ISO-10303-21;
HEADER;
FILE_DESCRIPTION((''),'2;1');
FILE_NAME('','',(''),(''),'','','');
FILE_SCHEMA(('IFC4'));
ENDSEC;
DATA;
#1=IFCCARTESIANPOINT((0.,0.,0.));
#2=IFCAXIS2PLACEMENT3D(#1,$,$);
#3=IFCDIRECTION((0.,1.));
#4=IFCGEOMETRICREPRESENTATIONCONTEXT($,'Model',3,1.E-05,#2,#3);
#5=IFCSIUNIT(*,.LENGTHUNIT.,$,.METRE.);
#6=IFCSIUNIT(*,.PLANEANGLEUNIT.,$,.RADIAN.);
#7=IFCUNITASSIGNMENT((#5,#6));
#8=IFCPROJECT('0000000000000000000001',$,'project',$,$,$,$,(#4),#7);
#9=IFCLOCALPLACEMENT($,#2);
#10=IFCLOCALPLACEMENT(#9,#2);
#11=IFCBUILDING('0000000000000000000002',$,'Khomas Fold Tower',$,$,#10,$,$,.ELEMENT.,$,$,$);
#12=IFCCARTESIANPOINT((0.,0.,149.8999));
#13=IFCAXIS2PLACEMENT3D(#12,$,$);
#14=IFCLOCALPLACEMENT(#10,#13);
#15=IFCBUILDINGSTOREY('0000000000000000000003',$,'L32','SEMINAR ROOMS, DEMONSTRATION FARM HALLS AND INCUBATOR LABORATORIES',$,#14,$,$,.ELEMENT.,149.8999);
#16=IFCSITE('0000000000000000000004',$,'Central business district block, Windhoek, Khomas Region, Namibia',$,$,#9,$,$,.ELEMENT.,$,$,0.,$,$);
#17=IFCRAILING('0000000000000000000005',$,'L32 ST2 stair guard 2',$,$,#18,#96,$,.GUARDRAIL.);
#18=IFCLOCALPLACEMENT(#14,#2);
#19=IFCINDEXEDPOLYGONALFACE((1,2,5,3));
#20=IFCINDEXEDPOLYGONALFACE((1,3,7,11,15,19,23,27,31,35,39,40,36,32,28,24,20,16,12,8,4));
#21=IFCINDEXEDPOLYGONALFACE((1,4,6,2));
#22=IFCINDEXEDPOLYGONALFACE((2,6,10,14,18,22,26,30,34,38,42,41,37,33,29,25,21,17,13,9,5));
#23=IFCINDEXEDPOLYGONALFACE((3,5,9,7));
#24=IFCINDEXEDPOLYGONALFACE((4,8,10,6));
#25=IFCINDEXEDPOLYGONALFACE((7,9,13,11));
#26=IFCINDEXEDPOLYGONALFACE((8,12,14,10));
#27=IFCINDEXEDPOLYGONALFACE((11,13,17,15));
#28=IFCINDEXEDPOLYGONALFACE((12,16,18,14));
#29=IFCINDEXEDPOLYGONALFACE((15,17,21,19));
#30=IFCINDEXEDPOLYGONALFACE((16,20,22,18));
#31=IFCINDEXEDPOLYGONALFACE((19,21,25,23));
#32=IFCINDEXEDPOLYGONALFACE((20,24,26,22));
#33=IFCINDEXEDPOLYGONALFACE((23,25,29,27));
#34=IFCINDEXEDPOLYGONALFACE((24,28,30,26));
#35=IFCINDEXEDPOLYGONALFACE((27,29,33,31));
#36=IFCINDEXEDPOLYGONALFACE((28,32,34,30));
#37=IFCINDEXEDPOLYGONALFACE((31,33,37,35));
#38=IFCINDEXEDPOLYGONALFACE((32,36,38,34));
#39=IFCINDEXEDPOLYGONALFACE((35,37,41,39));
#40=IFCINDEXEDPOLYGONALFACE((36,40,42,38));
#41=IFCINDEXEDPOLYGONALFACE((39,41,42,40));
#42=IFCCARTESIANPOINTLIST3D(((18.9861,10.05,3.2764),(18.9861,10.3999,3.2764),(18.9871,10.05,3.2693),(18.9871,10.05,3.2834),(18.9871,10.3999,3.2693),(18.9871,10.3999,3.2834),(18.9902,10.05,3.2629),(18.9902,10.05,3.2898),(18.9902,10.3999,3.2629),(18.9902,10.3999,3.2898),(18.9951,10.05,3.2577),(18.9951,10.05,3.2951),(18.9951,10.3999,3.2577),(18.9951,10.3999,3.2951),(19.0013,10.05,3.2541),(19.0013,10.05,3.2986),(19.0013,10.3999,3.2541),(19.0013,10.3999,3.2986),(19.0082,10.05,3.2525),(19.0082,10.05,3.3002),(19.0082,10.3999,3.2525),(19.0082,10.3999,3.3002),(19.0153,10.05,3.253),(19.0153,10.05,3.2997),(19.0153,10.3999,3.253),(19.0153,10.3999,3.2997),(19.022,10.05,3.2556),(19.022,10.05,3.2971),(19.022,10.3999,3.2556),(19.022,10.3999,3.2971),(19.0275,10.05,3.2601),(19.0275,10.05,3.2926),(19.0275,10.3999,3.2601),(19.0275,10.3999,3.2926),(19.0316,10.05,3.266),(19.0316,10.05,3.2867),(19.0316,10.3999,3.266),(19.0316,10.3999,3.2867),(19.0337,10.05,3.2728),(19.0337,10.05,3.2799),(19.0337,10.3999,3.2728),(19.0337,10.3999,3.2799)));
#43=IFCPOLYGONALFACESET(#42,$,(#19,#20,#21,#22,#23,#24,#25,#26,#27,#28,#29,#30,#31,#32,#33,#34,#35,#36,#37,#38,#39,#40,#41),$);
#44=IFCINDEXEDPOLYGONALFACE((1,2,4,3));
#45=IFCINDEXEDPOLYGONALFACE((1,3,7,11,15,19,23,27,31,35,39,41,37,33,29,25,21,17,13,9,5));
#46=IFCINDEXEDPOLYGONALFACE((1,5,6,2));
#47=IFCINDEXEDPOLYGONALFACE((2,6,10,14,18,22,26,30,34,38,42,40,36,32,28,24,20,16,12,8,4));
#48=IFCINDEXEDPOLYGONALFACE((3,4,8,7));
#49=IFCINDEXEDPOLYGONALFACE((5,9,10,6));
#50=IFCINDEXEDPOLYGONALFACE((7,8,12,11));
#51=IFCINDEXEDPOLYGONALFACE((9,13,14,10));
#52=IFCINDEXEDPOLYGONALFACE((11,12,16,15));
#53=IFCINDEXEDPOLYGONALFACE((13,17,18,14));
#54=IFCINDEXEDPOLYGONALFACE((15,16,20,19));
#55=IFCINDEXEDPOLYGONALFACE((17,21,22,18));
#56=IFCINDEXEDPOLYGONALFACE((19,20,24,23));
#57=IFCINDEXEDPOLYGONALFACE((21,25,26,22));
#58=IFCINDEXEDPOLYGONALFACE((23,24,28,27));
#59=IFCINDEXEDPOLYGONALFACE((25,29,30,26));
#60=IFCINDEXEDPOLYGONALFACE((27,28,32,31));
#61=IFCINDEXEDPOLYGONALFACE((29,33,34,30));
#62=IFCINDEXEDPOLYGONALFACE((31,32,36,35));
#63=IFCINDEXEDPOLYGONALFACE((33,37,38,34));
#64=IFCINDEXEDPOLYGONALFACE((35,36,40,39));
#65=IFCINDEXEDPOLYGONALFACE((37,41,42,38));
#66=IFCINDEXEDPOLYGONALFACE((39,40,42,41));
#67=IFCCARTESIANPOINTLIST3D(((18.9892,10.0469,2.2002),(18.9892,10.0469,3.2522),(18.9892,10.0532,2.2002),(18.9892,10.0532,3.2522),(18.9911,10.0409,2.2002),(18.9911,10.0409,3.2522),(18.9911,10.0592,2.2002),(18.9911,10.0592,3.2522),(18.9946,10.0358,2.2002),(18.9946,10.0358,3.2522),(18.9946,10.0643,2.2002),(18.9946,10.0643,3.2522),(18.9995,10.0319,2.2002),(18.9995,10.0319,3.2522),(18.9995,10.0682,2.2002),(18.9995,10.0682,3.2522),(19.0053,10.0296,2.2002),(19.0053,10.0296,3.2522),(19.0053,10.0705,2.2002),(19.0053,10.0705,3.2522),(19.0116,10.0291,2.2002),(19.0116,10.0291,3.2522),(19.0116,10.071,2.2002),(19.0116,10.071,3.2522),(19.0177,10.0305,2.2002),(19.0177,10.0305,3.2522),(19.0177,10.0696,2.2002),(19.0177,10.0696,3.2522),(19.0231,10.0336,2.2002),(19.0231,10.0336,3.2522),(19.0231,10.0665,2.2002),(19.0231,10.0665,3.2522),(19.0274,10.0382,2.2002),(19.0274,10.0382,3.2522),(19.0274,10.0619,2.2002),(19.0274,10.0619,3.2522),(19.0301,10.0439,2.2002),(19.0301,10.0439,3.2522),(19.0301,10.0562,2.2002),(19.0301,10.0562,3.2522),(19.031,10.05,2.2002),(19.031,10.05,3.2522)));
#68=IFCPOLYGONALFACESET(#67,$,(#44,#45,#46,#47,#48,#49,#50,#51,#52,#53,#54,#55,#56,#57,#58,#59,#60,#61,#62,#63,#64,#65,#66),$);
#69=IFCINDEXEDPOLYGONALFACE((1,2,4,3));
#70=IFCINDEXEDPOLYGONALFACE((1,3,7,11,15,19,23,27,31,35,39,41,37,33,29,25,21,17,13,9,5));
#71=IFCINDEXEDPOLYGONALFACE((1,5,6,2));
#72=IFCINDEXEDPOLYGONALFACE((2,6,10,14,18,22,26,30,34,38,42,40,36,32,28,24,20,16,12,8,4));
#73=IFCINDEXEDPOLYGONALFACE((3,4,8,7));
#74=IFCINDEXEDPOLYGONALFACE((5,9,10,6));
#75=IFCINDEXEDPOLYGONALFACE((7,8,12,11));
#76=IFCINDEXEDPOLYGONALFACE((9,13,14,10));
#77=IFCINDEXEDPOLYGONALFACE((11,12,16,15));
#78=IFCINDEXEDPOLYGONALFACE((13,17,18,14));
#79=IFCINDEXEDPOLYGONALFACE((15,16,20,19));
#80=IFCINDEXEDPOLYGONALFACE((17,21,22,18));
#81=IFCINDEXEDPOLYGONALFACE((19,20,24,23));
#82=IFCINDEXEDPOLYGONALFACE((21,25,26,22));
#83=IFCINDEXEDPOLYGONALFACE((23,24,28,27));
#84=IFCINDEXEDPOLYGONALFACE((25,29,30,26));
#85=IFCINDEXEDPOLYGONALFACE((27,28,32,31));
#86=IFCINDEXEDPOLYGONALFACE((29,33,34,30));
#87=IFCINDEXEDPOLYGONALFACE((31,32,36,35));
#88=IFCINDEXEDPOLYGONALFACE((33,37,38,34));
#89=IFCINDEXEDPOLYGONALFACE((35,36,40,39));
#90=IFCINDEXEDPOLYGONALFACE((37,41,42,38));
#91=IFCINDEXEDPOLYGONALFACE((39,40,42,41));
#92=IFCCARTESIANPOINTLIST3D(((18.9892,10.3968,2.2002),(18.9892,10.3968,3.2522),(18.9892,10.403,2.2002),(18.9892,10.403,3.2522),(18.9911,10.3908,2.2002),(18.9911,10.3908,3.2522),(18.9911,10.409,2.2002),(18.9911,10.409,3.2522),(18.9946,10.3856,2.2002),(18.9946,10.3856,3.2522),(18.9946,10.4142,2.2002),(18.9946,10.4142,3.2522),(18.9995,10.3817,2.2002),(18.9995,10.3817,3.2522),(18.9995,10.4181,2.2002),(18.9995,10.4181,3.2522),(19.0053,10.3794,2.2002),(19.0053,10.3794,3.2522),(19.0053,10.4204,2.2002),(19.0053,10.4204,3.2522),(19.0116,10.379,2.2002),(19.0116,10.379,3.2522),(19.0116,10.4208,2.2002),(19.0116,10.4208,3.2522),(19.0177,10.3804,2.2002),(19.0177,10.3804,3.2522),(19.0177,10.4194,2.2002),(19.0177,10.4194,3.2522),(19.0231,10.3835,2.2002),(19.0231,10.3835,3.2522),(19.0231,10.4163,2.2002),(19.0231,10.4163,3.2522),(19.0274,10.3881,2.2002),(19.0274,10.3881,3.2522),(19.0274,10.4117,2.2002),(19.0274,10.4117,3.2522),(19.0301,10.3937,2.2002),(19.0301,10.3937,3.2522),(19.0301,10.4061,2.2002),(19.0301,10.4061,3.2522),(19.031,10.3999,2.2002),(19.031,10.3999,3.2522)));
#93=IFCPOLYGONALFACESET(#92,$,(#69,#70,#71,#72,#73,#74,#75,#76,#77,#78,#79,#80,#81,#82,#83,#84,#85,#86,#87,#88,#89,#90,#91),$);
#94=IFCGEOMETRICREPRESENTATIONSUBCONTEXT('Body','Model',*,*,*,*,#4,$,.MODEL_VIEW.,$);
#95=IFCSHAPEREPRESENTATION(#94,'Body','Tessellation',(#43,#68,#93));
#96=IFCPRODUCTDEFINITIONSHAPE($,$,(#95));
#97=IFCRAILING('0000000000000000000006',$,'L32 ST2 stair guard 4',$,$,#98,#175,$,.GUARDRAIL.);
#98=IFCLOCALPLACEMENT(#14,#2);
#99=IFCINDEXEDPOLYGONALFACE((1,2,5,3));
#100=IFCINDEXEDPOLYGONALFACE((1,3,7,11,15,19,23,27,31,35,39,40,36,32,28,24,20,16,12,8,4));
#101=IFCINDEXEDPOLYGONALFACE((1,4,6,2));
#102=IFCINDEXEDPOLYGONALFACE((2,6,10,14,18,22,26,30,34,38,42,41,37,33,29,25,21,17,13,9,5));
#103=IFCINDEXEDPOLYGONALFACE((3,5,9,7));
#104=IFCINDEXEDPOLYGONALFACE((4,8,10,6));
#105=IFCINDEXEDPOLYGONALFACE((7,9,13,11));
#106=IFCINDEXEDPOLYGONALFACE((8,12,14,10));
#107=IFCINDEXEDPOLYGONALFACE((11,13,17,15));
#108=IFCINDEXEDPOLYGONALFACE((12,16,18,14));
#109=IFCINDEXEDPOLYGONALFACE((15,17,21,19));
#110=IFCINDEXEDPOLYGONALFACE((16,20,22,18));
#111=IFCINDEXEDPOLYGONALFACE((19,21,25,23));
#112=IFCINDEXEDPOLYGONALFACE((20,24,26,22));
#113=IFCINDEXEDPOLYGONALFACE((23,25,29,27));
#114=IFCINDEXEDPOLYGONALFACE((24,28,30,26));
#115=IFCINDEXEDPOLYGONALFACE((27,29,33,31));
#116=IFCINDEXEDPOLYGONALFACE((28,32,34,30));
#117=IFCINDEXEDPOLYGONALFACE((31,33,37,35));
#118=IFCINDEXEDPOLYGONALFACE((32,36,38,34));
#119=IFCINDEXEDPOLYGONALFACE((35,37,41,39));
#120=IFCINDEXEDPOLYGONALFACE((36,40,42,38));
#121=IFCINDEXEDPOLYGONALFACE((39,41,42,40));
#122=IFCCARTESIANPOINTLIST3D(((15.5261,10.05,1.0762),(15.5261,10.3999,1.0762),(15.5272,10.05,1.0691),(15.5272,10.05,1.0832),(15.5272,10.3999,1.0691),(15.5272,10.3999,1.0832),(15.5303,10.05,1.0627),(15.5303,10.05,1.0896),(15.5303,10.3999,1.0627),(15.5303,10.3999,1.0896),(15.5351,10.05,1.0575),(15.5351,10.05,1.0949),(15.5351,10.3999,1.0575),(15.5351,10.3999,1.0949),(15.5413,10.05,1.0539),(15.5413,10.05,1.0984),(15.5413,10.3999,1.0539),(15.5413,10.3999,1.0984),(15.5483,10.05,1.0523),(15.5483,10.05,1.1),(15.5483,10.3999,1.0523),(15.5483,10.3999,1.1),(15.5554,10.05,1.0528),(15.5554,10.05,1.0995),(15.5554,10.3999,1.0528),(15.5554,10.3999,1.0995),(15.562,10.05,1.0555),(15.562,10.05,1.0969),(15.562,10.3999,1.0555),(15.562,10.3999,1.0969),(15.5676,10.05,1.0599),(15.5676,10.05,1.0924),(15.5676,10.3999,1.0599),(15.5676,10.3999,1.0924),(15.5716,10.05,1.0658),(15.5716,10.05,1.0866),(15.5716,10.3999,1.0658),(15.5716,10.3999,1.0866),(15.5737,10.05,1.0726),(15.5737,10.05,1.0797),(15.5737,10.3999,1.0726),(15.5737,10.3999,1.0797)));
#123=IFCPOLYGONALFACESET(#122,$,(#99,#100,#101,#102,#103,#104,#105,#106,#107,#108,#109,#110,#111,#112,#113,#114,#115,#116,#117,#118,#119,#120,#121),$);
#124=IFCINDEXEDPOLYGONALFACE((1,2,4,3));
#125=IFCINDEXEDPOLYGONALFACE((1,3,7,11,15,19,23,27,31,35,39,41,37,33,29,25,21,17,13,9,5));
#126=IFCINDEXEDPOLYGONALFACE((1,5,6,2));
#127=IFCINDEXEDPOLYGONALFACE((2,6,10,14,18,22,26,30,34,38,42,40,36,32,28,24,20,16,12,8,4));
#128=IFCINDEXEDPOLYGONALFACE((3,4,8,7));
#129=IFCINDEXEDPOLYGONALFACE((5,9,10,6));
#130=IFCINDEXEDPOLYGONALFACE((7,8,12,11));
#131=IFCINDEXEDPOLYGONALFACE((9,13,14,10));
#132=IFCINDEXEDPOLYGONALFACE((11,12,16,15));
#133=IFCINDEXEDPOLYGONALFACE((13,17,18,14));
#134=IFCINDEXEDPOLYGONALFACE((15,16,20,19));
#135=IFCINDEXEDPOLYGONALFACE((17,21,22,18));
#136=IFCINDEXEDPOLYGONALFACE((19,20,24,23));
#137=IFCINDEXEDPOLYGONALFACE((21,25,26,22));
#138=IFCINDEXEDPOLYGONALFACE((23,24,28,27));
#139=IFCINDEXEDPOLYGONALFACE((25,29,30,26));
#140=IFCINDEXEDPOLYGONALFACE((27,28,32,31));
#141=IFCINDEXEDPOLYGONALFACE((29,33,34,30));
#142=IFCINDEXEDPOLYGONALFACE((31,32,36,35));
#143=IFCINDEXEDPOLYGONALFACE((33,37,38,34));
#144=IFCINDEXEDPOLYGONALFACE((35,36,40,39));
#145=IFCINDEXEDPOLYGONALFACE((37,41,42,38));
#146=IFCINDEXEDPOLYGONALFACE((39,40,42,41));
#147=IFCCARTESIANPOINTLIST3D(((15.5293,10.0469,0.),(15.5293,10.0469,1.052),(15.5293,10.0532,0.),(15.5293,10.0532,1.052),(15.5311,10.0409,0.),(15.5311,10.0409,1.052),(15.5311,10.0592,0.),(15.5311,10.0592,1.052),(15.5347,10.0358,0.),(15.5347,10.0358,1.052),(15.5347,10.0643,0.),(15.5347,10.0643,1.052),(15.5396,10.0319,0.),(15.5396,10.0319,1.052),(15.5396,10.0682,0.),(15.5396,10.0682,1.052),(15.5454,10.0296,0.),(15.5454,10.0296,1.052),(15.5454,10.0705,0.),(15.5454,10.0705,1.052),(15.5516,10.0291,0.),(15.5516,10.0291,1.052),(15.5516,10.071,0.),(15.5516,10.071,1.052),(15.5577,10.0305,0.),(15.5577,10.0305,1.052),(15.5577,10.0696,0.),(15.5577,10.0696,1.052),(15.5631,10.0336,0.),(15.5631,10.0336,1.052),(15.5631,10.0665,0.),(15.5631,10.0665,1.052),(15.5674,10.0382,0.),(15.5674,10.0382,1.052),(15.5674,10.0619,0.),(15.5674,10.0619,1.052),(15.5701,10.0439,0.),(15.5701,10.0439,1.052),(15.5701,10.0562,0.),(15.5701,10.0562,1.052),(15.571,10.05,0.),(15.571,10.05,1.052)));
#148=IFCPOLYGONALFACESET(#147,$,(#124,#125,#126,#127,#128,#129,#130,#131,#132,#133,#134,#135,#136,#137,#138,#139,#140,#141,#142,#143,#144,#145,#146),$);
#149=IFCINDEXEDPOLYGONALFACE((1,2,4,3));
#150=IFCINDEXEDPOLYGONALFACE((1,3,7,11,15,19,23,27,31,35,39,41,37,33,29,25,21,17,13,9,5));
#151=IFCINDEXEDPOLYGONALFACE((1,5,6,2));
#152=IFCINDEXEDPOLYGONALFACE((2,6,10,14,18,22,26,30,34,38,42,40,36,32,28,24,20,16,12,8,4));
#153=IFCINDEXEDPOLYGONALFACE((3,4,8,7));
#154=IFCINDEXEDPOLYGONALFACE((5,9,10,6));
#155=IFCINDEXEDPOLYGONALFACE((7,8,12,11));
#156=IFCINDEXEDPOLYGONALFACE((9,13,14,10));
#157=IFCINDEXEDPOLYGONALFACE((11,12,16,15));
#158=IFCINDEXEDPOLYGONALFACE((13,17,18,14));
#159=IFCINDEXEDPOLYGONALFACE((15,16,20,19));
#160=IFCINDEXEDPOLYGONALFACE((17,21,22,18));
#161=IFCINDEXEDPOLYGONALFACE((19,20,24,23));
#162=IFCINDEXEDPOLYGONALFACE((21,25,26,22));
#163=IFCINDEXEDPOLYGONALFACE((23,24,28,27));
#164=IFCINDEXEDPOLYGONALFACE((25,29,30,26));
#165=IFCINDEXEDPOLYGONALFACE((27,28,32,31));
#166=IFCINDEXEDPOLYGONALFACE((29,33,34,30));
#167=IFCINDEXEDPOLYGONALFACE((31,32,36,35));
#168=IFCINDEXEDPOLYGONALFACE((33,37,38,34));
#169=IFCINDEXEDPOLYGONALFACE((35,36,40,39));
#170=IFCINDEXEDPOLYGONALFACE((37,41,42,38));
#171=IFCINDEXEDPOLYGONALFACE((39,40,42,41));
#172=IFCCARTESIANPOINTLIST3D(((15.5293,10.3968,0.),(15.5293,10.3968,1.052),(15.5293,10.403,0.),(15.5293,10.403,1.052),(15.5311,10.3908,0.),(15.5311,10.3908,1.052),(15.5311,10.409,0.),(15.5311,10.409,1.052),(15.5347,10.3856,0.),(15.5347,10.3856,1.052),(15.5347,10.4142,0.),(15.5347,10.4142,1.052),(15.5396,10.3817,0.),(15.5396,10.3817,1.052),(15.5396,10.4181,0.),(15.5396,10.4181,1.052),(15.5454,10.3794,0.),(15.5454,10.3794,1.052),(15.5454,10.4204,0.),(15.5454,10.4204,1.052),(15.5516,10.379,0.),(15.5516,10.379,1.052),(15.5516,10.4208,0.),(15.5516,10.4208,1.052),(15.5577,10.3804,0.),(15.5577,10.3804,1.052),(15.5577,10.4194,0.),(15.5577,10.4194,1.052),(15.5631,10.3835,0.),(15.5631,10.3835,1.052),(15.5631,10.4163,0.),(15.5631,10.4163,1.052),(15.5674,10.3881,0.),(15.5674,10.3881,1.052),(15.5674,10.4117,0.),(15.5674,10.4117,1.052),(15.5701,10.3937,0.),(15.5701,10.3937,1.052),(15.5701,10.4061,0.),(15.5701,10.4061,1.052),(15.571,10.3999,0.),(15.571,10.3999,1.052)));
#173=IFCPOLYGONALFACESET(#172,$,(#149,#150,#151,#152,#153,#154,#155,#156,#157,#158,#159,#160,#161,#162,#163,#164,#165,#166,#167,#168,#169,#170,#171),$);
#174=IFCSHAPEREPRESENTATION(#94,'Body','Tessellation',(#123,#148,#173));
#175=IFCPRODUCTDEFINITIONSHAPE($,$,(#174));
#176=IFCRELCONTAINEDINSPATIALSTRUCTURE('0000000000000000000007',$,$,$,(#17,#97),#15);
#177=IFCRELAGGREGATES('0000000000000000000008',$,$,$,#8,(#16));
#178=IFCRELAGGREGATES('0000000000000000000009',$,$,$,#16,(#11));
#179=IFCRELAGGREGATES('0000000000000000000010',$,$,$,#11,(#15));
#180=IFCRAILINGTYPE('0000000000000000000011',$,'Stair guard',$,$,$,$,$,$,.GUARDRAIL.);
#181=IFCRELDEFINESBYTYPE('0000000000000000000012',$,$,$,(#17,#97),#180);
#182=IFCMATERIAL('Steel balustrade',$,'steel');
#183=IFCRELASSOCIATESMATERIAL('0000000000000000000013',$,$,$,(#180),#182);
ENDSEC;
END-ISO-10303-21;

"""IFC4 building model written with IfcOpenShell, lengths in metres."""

from ifc_helpers import new_model, si_unit, direction, frame, origin, origin_2d, place, context, subcontext, project, spatial, circle, extrude, source, transform, mapped, material, type_object, element, save


model = new_model("IFC4")

# Units and contexts
model_context = context("Model", 3, precision=1e-05, world=origin(), true_north=direction((0.0, 1.0)))
body_context = subcontext(model_context, "Body", "Model", "MODEL_VIEW")
ifc_project = project(units=[si_unit("LENGTHUNIT", "METRE"), si_unit("PLANEANGLEUNIT", "RADIAN")], contexts=[model_context])

# Site, building, storey
site_placement = place(None, origin())
site = spatial("IfcSite", under=ifc_project, at=site_placement, Name="Central business district block, Windhoek, Khomas Region, Namibia", CompositionType="ELEMENT", RefElevation=0.0)
building_placement = place(site_placement, origin())
building = spatial("IfcBuilding", under=site, at=building_placement, Name="Khomas Fold Tower", CompositionType="ELEMENT")
storey_placement = place(building_placement, frame((0.0, 0.0, 149.8999)))
storey = spatial("IfcBuildingStorey", under=building, at=storey_placement, Name="L32", Description="SEMINAR ROOMS, DEMONSTRATION FARM HALLS AND INCUBATOR LABORATORIES", CompositionType="ELEMENT", Elevation=149.8999)

# Railings
ifc_material_1 = material(Name="Steel balustrade", Category="steel")
railing_type_1 = type_object("IfcRailingType", Name="Stair guard", PredefinedType="GUARDRAIL", material=ifc_material_1)
shared_shape_1 = source(origin(), body_context, "Body", "SweptSolid", [
    extrude(circle(Radius=0.0239, at=origin_2d()), frame((0.0, 0.0, 1.0762), z_axis=(0.0, 1.0, 0.0), x_axis=(-1.0, 0.0, 0.0)), (0.0, 0.0, 1.0), 0.3499),
    extrude(circle(Radius=0.021, at=origin_2d()), origin(), (0.0, 0.0, 1.0), 1.052),
    extrude(circle(Radius=0.021, at=origin_2d()), frame((0.0, 0.3499, 0.0)), (0.0, 0.0, 1.0), 1.052),
])
for number, where, name in (
    (1, (19.01, 10.05, 2.2002), "L32 ST2 stair guard 2"),
    (2, (15.55, 10.05, 0.0), "L32 ST2 stair guard 4"),
):
    element("IfcRailing", number, at=place(storey_placement, frame(where)), inside=storey, type_object=railing_type_1, Name=name, PredefinedType="GUARDRAIL", context=body_context, shape_type="MappedRepresentation", body=[
        mapped(shared_shape_1, transform((0.0, 0.0, 0.0))),
    ])

save(model, "model.ifc")
